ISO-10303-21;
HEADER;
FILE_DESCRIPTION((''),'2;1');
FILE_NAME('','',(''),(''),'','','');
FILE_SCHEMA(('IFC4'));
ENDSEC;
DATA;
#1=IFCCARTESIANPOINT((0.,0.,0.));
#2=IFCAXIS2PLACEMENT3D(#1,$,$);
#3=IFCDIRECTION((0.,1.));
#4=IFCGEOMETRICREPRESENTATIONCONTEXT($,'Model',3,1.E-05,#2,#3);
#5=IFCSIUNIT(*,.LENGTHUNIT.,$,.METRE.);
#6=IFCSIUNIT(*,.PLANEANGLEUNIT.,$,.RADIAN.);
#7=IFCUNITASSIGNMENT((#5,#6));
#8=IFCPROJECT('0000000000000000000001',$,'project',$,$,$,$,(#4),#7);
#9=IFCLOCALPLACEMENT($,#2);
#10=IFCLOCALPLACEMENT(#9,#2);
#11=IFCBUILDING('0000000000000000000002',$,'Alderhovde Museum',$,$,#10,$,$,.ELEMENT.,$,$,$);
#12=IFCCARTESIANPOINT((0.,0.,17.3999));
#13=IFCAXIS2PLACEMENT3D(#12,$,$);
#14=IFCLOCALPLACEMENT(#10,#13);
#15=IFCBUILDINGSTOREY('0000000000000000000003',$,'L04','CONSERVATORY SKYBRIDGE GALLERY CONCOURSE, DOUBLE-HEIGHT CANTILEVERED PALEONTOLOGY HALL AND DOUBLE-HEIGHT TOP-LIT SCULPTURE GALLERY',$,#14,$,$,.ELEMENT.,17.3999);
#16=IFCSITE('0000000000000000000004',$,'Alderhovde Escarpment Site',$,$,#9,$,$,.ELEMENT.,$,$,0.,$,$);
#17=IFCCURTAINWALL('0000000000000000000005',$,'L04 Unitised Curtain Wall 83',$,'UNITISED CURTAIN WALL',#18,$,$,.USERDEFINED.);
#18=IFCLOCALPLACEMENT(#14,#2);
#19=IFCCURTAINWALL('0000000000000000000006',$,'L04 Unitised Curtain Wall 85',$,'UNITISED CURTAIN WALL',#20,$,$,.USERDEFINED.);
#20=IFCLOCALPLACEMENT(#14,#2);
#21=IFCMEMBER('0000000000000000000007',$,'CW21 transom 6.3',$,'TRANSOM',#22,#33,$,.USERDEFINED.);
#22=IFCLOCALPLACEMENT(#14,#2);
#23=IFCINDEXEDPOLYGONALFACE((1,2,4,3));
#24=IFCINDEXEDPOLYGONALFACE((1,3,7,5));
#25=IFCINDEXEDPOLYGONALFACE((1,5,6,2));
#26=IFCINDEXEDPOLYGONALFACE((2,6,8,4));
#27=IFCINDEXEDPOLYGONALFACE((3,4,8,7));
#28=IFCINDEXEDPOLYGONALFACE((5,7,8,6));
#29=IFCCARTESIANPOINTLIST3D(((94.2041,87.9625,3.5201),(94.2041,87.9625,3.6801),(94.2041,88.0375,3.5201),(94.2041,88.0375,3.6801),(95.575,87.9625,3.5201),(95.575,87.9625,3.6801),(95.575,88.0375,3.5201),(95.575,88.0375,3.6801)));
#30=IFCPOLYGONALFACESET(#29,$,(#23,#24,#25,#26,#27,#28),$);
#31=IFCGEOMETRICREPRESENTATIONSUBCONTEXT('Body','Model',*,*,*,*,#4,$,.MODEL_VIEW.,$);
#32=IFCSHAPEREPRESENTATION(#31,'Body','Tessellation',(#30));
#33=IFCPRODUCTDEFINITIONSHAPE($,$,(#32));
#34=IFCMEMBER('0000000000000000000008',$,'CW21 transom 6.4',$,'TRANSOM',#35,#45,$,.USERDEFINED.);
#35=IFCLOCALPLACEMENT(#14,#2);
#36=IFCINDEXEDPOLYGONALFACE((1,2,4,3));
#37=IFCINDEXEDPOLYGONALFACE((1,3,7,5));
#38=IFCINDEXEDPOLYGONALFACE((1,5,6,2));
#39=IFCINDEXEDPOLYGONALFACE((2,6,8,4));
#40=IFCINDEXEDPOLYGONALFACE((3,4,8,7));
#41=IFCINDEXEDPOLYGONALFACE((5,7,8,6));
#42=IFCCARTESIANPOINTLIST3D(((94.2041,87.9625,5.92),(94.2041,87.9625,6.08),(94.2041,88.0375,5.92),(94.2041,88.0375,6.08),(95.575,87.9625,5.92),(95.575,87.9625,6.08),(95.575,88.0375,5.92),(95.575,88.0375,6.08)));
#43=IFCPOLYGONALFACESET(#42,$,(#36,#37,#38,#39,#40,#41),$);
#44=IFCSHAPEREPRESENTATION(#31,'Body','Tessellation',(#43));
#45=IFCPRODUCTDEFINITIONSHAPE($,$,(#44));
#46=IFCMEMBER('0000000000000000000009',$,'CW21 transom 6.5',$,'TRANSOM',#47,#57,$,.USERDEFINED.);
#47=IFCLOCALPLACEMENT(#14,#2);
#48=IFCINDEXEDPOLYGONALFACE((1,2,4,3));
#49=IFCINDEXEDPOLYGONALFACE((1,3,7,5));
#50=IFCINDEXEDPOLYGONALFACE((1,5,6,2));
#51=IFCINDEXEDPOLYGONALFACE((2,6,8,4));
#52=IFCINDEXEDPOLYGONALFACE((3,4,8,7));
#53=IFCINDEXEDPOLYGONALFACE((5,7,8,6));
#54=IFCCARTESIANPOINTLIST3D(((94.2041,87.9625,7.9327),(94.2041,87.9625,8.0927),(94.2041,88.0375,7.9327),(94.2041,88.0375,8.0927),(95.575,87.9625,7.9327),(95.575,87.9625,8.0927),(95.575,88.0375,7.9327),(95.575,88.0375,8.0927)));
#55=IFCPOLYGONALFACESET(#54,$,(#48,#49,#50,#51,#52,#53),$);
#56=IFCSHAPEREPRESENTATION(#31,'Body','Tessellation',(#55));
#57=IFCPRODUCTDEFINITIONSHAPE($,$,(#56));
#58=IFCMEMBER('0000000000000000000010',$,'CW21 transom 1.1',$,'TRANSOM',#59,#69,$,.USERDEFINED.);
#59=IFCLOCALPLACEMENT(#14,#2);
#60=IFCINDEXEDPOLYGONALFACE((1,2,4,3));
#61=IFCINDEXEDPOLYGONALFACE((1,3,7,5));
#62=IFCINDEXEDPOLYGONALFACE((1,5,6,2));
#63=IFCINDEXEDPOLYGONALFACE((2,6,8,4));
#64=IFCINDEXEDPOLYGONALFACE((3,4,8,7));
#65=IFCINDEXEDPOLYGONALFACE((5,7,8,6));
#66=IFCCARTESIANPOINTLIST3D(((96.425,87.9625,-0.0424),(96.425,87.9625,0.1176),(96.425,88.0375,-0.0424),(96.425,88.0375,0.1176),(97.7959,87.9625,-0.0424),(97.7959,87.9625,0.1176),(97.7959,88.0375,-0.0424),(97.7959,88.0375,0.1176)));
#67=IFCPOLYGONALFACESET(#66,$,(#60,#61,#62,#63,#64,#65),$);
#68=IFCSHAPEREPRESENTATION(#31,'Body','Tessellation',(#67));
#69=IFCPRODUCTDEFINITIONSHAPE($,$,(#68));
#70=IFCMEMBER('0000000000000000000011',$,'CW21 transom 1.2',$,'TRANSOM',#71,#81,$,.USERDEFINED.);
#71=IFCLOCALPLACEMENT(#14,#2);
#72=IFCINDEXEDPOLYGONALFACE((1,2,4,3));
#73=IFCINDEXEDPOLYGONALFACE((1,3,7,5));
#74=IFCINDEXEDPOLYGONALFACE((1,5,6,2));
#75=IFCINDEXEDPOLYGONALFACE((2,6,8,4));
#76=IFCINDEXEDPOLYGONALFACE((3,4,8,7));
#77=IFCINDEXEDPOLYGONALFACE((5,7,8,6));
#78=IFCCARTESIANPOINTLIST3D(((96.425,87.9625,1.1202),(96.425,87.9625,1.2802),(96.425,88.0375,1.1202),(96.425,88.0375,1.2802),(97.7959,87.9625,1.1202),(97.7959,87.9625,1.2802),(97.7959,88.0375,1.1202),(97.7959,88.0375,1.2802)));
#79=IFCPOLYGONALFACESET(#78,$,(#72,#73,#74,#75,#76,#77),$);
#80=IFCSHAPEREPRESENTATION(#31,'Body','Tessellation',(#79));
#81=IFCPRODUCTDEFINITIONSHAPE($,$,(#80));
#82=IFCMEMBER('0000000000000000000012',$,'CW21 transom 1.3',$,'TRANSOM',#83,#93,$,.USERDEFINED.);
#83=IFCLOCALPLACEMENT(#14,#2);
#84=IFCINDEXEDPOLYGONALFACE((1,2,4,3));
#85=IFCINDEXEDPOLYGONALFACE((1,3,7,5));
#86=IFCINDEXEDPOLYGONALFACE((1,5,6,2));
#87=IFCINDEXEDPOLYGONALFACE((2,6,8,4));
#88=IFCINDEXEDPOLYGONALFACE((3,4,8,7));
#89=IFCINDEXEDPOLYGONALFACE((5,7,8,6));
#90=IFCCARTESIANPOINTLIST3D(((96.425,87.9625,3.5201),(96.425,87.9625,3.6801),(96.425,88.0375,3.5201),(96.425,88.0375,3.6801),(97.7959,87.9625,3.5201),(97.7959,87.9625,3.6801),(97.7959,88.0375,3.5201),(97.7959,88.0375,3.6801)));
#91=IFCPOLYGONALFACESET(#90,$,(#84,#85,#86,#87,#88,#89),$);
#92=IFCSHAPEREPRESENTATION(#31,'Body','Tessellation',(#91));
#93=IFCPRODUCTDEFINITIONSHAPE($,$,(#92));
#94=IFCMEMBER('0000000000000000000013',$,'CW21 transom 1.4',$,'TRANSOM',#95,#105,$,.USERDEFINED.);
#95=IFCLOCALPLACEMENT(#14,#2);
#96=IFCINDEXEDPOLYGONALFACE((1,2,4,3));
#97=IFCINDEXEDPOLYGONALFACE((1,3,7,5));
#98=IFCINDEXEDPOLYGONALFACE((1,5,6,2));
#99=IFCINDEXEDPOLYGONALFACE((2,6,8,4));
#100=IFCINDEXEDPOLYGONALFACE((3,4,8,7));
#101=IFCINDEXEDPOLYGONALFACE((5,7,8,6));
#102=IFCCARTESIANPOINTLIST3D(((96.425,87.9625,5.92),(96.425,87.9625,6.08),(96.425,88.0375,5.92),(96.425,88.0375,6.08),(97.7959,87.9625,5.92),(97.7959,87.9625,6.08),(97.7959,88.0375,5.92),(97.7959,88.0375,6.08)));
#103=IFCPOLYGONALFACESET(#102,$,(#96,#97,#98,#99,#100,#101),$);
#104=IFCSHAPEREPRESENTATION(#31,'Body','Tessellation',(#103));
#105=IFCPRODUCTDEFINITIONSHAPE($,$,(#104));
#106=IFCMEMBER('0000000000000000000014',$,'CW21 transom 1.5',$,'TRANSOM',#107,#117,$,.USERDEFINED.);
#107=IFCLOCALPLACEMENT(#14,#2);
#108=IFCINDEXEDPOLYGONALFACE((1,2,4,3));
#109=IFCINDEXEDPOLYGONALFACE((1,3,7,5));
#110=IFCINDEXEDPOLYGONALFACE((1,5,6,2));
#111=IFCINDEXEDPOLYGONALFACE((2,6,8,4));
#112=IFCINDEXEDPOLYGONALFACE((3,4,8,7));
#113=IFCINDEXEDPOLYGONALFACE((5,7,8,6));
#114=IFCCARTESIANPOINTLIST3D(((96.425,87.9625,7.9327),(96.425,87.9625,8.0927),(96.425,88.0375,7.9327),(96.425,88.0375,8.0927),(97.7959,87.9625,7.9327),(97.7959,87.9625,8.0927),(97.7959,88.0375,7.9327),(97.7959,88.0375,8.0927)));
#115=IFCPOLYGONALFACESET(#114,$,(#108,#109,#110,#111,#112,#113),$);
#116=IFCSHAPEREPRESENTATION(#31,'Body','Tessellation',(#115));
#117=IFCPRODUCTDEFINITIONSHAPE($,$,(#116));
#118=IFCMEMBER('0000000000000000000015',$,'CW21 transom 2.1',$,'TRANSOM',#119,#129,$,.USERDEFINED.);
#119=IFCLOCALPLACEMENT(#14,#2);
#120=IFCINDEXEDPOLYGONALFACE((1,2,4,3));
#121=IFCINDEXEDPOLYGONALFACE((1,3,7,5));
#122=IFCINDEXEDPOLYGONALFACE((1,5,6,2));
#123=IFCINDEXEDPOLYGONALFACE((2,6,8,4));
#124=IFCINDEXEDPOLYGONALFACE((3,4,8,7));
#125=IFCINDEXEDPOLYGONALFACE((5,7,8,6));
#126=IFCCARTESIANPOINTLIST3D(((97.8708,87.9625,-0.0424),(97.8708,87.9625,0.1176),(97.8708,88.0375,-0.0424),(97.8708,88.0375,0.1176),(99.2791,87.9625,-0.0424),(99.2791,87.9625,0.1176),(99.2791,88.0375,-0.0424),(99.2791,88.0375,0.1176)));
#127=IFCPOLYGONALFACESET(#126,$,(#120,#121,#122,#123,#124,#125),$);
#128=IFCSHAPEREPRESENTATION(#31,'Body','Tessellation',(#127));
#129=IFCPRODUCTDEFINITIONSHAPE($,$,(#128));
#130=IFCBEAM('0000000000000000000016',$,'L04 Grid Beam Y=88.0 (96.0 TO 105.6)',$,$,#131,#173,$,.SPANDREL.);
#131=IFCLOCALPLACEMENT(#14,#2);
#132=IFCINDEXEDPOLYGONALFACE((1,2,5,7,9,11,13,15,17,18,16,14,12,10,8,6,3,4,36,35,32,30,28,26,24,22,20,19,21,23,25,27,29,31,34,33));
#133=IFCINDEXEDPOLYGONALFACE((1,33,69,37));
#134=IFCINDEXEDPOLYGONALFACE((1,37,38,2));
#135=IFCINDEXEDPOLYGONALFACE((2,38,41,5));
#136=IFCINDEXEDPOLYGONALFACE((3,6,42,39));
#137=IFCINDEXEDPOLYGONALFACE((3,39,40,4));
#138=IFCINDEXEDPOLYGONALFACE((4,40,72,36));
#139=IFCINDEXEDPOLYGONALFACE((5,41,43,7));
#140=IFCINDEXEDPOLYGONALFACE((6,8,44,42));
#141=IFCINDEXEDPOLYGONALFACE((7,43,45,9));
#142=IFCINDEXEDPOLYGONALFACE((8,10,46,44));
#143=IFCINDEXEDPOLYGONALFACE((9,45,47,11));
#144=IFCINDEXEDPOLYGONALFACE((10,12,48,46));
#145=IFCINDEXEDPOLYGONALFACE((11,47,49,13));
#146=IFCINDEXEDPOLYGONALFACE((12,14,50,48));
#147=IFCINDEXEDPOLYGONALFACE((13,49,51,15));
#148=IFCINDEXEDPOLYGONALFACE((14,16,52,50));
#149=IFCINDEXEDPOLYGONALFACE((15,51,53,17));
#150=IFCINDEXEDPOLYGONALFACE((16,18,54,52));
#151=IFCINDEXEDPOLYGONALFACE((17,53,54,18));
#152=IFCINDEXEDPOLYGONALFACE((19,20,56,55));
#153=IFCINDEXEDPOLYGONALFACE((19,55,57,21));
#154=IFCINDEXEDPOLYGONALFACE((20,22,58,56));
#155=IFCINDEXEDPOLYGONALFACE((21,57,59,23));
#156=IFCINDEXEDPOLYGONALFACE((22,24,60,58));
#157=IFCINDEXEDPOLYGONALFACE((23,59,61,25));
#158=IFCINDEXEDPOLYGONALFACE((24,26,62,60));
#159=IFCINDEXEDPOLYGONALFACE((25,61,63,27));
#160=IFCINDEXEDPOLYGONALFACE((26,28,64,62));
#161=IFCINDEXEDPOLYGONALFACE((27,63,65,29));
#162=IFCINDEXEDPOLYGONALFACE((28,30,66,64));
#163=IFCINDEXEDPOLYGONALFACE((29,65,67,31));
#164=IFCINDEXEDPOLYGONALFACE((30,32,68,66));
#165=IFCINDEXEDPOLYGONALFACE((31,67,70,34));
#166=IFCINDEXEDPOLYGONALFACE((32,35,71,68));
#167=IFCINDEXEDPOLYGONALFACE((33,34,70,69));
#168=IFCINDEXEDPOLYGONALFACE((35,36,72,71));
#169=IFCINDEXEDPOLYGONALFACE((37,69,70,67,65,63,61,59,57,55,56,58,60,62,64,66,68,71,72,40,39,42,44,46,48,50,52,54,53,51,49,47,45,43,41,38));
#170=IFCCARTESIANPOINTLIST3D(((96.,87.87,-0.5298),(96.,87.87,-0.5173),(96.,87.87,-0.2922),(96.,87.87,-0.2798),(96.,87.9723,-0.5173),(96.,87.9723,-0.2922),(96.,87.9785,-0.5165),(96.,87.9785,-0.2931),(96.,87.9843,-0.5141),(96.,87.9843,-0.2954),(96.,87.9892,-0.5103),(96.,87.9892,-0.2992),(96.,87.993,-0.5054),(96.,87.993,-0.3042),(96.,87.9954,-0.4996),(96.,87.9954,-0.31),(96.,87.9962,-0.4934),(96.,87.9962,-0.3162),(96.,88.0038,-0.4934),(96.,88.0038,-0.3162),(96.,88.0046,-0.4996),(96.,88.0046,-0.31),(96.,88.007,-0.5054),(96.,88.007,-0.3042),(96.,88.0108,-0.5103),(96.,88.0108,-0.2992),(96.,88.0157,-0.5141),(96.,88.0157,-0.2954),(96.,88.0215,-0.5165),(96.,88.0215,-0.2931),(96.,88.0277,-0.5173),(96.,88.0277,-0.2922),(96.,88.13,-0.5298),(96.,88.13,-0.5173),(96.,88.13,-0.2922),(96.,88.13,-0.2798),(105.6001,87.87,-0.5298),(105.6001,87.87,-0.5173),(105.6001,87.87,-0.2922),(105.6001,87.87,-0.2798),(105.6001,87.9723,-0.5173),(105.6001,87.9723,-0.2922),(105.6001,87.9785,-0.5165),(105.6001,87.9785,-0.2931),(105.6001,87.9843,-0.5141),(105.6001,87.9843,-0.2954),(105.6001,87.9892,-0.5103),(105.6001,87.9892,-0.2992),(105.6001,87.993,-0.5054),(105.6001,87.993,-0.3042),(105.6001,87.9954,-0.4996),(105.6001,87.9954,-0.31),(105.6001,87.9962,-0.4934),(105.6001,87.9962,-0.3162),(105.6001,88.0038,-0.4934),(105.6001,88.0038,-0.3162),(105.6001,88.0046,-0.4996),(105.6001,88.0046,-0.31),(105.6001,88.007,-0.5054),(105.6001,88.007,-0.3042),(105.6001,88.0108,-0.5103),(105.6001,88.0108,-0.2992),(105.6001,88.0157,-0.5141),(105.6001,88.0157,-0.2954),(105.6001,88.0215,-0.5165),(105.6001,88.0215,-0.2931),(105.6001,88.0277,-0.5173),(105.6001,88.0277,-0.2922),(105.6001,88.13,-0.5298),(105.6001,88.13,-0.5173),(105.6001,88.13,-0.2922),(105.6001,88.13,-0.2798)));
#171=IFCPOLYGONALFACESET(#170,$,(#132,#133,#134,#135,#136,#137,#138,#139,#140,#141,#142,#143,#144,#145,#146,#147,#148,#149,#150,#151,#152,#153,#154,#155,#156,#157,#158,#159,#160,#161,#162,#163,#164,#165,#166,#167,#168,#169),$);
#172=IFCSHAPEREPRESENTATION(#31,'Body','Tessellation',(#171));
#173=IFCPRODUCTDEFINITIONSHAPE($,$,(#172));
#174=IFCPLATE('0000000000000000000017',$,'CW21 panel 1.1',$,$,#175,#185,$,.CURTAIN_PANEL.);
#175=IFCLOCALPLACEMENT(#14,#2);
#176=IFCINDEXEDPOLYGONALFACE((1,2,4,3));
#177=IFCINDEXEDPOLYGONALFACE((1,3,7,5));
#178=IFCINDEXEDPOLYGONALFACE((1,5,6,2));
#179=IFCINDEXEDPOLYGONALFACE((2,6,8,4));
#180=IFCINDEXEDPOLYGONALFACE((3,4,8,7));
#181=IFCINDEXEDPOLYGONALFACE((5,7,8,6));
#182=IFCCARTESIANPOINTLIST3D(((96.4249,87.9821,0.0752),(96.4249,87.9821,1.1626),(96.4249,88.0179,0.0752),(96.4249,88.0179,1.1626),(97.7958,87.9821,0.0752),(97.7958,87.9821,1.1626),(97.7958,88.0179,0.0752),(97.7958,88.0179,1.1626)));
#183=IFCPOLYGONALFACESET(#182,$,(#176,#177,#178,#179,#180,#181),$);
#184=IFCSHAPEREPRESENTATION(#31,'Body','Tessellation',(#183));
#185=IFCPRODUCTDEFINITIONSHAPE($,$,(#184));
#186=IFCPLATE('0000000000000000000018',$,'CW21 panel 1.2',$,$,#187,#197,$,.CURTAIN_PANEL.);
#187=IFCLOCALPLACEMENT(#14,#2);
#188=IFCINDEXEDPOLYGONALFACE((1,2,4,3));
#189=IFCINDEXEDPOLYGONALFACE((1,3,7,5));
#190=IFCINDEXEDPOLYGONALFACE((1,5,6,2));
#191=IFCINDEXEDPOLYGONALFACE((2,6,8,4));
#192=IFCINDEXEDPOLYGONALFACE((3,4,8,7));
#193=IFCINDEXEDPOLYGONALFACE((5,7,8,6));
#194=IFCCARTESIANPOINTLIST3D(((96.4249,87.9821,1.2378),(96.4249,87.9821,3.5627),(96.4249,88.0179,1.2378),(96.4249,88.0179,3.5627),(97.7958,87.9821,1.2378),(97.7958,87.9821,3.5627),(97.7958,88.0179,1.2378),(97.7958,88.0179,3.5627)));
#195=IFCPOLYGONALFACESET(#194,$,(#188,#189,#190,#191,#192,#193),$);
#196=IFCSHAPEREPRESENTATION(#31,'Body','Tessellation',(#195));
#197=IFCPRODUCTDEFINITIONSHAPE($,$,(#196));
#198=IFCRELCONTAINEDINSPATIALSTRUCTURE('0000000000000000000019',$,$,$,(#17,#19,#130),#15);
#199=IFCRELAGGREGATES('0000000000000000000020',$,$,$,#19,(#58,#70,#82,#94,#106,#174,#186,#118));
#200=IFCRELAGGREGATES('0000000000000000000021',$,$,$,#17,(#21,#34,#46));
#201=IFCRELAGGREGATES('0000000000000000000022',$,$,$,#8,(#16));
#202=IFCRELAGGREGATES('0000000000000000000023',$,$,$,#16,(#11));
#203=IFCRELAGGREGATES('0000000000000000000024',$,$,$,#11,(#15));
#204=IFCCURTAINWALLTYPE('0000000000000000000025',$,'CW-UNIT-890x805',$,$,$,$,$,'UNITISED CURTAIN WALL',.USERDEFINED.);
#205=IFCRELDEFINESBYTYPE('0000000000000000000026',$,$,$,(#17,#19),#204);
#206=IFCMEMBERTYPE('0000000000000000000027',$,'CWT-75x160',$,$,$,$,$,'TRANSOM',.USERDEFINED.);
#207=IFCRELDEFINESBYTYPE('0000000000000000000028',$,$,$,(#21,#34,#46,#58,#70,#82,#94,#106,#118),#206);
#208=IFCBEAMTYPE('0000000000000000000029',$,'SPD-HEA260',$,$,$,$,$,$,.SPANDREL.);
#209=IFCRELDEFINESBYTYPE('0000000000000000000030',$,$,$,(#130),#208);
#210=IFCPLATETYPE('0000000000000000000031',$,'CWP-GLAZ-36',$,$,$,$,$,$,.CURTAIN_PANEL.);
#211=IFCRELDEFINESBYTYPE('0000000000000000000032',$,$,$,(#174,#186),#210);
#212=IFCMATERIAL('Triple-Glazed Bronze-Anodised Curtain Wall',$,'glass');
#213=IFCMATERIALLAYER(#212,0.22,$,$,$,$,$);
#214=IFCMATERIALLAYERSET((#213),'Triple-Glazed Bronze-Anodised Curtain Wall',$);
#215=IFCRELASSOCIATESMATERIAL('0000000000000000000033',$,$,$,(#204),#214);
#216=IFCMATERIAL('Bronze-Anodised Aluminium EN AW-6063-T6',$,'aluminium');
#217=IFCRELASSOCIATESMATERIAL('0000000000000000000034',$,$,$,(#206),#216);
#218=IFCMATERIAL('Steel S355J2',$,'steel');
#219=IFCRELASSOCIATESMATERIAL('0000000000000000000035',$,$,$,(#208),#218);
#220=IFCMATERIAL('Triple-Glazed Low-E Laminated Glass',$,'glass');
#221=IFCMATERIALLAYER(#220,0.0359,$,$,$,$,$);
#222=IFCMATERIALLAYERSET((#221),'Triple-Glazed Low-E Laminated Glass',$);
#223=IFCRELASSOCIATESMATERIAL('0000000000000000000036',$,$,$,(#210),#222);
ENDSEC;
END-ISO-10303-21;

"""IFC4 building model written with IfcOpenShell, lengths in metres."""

from ifc_helpers import new_model, si_unit, direction, frame, origin, origin_2d, place, context, subcontext, project, spatial, rectangle, i_section, extrude, material, layer, layer_set, material_profile, profile_set, type_object, element, aggregate, save


model = new_model("IFC4")

# Units and contexts
model_context = context("Model", 3, precision=1e-05, world=origin(), true_north=direction((0.0, 1.0)))
body_context = subcontext(model_context, "Body", "Model", "MODEL_VIEW")
ifc_project = project(units=[si_unit("LENGTHUNIT", "METRE"), si_unit("PLANEANGLEUNIT", "RADIAN")], contexts=[model_context])

# Site, building, storey
site_placement = place(None, origin())
site = spatial("IfcSite", under=ifc_project, at=site_placement, Name="Alderhovde Escarpment Site", CompositionType="ELEMENT", RefElevation=0.0)
building_placement = place(site_placement, origin())
building = spatial("IfcBuilding", under=site, at=building_placement, Name="Alderhovde Museum", CompositionType="ELEMENT")
storey_placement = place(building_placement, frame((0.0, 0.0, 17.3999)))
storey = spatial("IfcBuildingStorey", under=building, at=storey_placement, Name="L04", Description="CONSERVATORY SKYBRIDGE GALLERY CONCOURSE, DOUBLE-HEIGHT CANTILEVERED PALEONTOLOGY HALL AND DOUBLE-HEIGHT TOP-LIT SCULPTURE GALLERY", CompositionType="ELEMENT", Elevation=17.3999)

# Curtain walls
ifc_material_1 = material(Name="Triple-Glazed Bronze-Anodised Curtain Wall", Category="glass")
ifc_layer_1 = layer(ifc_material_1, 0.22)
ifc_layer_set_1 = layer_set([ifc_layer_1], Name="Triple-Glazed Bronze-Anodised Curtain Wall")
curtain_wall_type = type_object("IfcCurtainWallType", Name="CW-UNIT-890x805", ElementType="UNITISED CURTAIN WALL", PredefinedType="USERDEFINED", material=ifc_layer_set_1)
curtain_wall_1_placement = place(storey_placement, origin())
curtain_wall_1 = element("IfcCurtainWall", 1, at=curtain_wall_1_placement, inside=storey, type_object=curtain_wall_type, Name="L04 Unitised Curtain Wall 83", ObjectType="UNITISED CURTAIN WALL", PredefinedType="USERDEFINED")
curtain_wall_2_placement = place(storey_placement, origin())
curtain_wall_2 = element("IfcCurtainWall", 2, at=curtain_wall_2_placement, inside=storey, type_object=curtain_wall_type, Name="L04 Unitised Curtain Wall 85", ObjectType="UNITISED CURTAIN WALL", PredefinedType="USERDEFINED")

# Members
ifc_material_2 = material(Name="Bronze-Anodised Aluminium EN AW-6063-T6", Category="aluminium")
ifc_material_profile_1 = material_profile(ifc_material_2, rectangle(XDim=0.075, YDim=0.1599, at=origin_2d()), Name="TRANSOM 75x160")
ifc_profile_set_1 = profile_set([ifc_material_profile_1], Name="Bronze-Anodised Aluminium EN AW-6063-T6")
member_type_1 = type_object("IfcMemberType", Name="CWT-75x160", ElementType="TRANSOM", PredefinedType="USERDEFINED", material=ifc_profile_set_1)
member_1_placement = place(storey_placement, frame((94.2041, 88.0, 3.6001), z_axis=(1.0, 0.0, 0.0), x_axis=(0.0, 1.0, 0.0)))
member_1 = element("IfcMember", 3, at=member_1_placement, type_object=member_type_1, Name="CW21 transom 6.3", ObjectType="TRANSOM", PredefinedType="USERDEFINED", context=body_context, shape_type="SweptSolid", body=[
    extrude(rectangle(XDim=0.075, YDim=0.1599, at=origin_2d()), origin(), (0.0, 0.0, 1.0), 1.3708),
])
member_2_placement = place(storey_placement, frame((94.2041, 88.0, 6.0), z_axis=(1.0, 0.0, 0.0), x_axis=(0.0, 1.0, 0.0)))
member_2 = element("IfcMember", 4, at=member_2_placement, type_object=member_type_1, Name="CW21 transom 6.4", ObjectType="TRANSOM", PredefinedType="USERDEFINED", context=body_context, shape_type="SweptSolid", body=[
    extrude(rectangle(XDim=0.075, YDim=0.1599, at=origin_2d()), origin(), (0.0, 0.0, 1.0), 1.3708),
])
member_3_placement = place(storey_placement, frame((94.2041, 88.0, 8.0127), z_axis=(1.0, 0.0, 0.0), x_axis=(0.0, 1.0, 0.0)))
member_3 = element("IfcMember", 5, at=member_3_placement, type_object=member_type_1, Name="CW21 transom 6.5", ObjectType="TRANSOM", PredefinedType="USERDEFINED", context=body_context, shape_type="SweptSolid", body=[
    extrude(rectangle(XDim=0.075, YDim=0.1599, at=origin_2d()), origin(), (0.0, 0.0, 1.0), 1.3708),
])
member_4_placement = place(storey_placement, frame((96.425, 88.0, 0.0376), z_axis=(1.0, 0.0, 0.0), x_axis=(0.0, 1.0, 0.0)))
member_4 = element("IfcMember", 6, at=member_4_placement, type_object=member_type_1, Name="CW21 transom 1.1", ObjectType="TRANSOM", PredefinedType="USERDEFINED", context=body_context, shape_type="SweptSolid", body=[
    extrude(rectangle(XDim=0.075, YDim=0.1599, at=origin_2d()), origin(), (0.0, 0.0, 1.0), 1.3708),
])
member_5_placement = place(storey_placement, frame((96.425, 88.0, 1.2002), z_axis=(1.0, 0.0, 0.0), x_axis=(0.0, 1.0, 0.0)))
member_5 = element("IfcMember", 7, at=member_5_placement, type_object=member_type_1, Name="CW21 transom 1.2", ObjectType="TRANSOM", PredefinedType="USERDEFINED", context=body_context, shape_type="SweptSolid", body=[
    extrude(rectangle(XDim=0.075, YDim=0.1599, at=origin_2d()), origin(), (0.0, 0.0, 1.0), 1.3708),
])
member_6_placement = place(storey_placement, frame((96.425, 88.0, 3.6001), z_axis=(1.0, 0.0, 0.0), x_axis=(0.0, 1.0, 0.0)))
member_6 = element("IfcMember", 8, at=member_6_placement, type_object=member_type_1, Name="CW21 transom 1.3", ObjectType="TRANSOM", PredefinedType="USERDEFINED", context=body_context, shape_type="SweptSolid", body=[
    extrude(rectangle(XDim=0.075, YDim=0.1599, at=origin_2d()), origin(), (0.0, 0.0, 1.0), 1.3708),
])
member_7_placement = place(storey_placement, frame((96.425, 88.0, 6.0), z_axis=(1.0, 0.0, 0.0), x_axis=(0.0, 1.0, 0.0)))
member_7 = element("IfcMember", 9, at=member_7_placement, type_object=member_type_1, Name="CW21 transom 1.4", ObjectType="TRANSOM", PredefinedType="USERDEFINED", context=body_context, shape_type="SweptSolid", body=[
    extrude(rectangle(XDim=0.075, YDim=0.1599, at=origin_2d()), origin(), (0.0, 0.0, 1.0), 1.3708),
])
member_8_placement = place(storey_placement, frame((96.425, 88.0, 8.0127), z_axis=(1.0, 0.0, 0.0), x_axis=(0.0, 1.0, 0.0)))
member_8 = element("IfcMember", 10, at=member_8_placement, type_object=member_type_1, Name="CW21 transom 1.5", ObjectType="TRANSOM", PredefinedType="USERDEFINED", context=body_context, shape_type="SweptSolid", body=[
    extrude(rectangle(XDim=0.075, YDim=0.1599, at=origin_2d()), origin(), (0.0, 0.0, 1.0), 1.3708),
])
member_9_placement = place(storey_placement, frame((97.8708, 88.0, 0.0376), z_axis=(1.0, 0.0, 0.0), x_axis=(0.0, 1.0, 0.0)))
member_9 = element("IfcMember", 11, at=member_9_placement, type_object=member_type_1, Name="CW21 transom 2.1", ObjectType="TRANSOM", PredefinedType="USERDEFINED", context=body_context, shape_type="SweptSolid", body=[
    extrude(rectangle(XDim=0.075, YDim=0.1599, at=origin_2d()), origin(), (0.0, 0.0, 1.0), 1.4082),
])

# Beam
ifc_material_3 = material(Name="Steel S355J2", Category="steel")
ifc_material_profile_2 = material_profile(ifc_material_3, i_section(OverallWidth=0.26, OverallDepth=0.25, WebThickness=0.0076, FlangeThickness=0.0125, FilletRadius=0.0239, at=origin_2d()), Name="HEA 260")
ifc_profile_set_2 = profile_set([ifc_material_profile_2], Name="Steel S355J2")
beam_type = type_object("IfcBeamType", Name="SPD-HEA260", PredefinedType="SPANDREL", material=ifc_profile_set_2)
beam_placement = place(storey_placement, frame((96.0, 88.0, -0.4048), z_axis=(1.0, 0.0, 0.0), x_axis=(0.0, 1.0, 0.0)))
element("IfcBeam", 12, at=beam_placement, inside=storey, type_object=beam_type, Name="L04 Grid Beam Y=88.0 (96.0 TO 105.6)", PredefinedType="SPANDREL", context=body_context, shape_type="SweptSolid", body=[
    extrude(i_section(OverallWidth=0.26, OverallDepth=0.25, WebThickness=0.0076, FlangeThickness=0.0125, FilletRadius=0.0239, at=origin_2d()), origin(), (0.0, 0.0, 1.0), 9.6001),
])

# Plates
ifc_material_4 = material(Name="Triple-Glazed Low-E Laminated Glass", Category="glass")
ifc_layer_2 = layer(ifc_material_4, 0.0359)
ifc_layer_set_2 = layer_set([ifc_layer_2], Name="Triple-Glazed Low-E Laminated Glass")
plate_type_1 = type_object("IfcPlateType", Name="CWP-GLAZ-36", PredefinedType="CURTAIN_PANEL", material=ifc_layer_set_2)
plate_1_placement = place(storey_placement, frame((97.1104, 88.0, 0.0752), z_axis=(0.0, 0.0, 1.0), x_axis=(1.0, 0.0, 0.0)))
plate_1 = element("IfcPlate", 13, at=plate_1_placement, type_object=plate_type_1, Name="CW21 panel 1.1", PredefinedType="CURTAIN_PANEL", context=body_context, shape_type="SweptSolid", body=[
    extrude(rectangle(XDim=1.3708, YDim=0.0359, at=origin_2d()), origin(), (0.0, 0.0, 1.0), 1.0874),
])
plate_2_placement = place(storey_placement, frame((97.1104, 88.0, 1.2378), z_axis=(0.0, 0.0, 1.0), x_axis=(1.0, 0.0, 0.0)))
plate_2 = element("IfcPlate", 14, at=plate_2_placement, type_object=plate_type_1, Name="CW21 panel 1.2", PredefinedType="CURTAIN_PANEL", context=body_context, shape_type="SweptSolid", body=[
    extrude(rectangle(XDim=1.3708, YDim=0.0359, at=origin_2d()), origin(), (0.0, 0.0, 1.0), 2.325),
])
aggregate(curtain_wall_2, [member_4, member_5, member_6, member_7, member_8, plate_1, plate_2, member_9])
aggregate(curtain_wall_1, [member_1, member_2, member_3])

save(model, "model.ifc")
